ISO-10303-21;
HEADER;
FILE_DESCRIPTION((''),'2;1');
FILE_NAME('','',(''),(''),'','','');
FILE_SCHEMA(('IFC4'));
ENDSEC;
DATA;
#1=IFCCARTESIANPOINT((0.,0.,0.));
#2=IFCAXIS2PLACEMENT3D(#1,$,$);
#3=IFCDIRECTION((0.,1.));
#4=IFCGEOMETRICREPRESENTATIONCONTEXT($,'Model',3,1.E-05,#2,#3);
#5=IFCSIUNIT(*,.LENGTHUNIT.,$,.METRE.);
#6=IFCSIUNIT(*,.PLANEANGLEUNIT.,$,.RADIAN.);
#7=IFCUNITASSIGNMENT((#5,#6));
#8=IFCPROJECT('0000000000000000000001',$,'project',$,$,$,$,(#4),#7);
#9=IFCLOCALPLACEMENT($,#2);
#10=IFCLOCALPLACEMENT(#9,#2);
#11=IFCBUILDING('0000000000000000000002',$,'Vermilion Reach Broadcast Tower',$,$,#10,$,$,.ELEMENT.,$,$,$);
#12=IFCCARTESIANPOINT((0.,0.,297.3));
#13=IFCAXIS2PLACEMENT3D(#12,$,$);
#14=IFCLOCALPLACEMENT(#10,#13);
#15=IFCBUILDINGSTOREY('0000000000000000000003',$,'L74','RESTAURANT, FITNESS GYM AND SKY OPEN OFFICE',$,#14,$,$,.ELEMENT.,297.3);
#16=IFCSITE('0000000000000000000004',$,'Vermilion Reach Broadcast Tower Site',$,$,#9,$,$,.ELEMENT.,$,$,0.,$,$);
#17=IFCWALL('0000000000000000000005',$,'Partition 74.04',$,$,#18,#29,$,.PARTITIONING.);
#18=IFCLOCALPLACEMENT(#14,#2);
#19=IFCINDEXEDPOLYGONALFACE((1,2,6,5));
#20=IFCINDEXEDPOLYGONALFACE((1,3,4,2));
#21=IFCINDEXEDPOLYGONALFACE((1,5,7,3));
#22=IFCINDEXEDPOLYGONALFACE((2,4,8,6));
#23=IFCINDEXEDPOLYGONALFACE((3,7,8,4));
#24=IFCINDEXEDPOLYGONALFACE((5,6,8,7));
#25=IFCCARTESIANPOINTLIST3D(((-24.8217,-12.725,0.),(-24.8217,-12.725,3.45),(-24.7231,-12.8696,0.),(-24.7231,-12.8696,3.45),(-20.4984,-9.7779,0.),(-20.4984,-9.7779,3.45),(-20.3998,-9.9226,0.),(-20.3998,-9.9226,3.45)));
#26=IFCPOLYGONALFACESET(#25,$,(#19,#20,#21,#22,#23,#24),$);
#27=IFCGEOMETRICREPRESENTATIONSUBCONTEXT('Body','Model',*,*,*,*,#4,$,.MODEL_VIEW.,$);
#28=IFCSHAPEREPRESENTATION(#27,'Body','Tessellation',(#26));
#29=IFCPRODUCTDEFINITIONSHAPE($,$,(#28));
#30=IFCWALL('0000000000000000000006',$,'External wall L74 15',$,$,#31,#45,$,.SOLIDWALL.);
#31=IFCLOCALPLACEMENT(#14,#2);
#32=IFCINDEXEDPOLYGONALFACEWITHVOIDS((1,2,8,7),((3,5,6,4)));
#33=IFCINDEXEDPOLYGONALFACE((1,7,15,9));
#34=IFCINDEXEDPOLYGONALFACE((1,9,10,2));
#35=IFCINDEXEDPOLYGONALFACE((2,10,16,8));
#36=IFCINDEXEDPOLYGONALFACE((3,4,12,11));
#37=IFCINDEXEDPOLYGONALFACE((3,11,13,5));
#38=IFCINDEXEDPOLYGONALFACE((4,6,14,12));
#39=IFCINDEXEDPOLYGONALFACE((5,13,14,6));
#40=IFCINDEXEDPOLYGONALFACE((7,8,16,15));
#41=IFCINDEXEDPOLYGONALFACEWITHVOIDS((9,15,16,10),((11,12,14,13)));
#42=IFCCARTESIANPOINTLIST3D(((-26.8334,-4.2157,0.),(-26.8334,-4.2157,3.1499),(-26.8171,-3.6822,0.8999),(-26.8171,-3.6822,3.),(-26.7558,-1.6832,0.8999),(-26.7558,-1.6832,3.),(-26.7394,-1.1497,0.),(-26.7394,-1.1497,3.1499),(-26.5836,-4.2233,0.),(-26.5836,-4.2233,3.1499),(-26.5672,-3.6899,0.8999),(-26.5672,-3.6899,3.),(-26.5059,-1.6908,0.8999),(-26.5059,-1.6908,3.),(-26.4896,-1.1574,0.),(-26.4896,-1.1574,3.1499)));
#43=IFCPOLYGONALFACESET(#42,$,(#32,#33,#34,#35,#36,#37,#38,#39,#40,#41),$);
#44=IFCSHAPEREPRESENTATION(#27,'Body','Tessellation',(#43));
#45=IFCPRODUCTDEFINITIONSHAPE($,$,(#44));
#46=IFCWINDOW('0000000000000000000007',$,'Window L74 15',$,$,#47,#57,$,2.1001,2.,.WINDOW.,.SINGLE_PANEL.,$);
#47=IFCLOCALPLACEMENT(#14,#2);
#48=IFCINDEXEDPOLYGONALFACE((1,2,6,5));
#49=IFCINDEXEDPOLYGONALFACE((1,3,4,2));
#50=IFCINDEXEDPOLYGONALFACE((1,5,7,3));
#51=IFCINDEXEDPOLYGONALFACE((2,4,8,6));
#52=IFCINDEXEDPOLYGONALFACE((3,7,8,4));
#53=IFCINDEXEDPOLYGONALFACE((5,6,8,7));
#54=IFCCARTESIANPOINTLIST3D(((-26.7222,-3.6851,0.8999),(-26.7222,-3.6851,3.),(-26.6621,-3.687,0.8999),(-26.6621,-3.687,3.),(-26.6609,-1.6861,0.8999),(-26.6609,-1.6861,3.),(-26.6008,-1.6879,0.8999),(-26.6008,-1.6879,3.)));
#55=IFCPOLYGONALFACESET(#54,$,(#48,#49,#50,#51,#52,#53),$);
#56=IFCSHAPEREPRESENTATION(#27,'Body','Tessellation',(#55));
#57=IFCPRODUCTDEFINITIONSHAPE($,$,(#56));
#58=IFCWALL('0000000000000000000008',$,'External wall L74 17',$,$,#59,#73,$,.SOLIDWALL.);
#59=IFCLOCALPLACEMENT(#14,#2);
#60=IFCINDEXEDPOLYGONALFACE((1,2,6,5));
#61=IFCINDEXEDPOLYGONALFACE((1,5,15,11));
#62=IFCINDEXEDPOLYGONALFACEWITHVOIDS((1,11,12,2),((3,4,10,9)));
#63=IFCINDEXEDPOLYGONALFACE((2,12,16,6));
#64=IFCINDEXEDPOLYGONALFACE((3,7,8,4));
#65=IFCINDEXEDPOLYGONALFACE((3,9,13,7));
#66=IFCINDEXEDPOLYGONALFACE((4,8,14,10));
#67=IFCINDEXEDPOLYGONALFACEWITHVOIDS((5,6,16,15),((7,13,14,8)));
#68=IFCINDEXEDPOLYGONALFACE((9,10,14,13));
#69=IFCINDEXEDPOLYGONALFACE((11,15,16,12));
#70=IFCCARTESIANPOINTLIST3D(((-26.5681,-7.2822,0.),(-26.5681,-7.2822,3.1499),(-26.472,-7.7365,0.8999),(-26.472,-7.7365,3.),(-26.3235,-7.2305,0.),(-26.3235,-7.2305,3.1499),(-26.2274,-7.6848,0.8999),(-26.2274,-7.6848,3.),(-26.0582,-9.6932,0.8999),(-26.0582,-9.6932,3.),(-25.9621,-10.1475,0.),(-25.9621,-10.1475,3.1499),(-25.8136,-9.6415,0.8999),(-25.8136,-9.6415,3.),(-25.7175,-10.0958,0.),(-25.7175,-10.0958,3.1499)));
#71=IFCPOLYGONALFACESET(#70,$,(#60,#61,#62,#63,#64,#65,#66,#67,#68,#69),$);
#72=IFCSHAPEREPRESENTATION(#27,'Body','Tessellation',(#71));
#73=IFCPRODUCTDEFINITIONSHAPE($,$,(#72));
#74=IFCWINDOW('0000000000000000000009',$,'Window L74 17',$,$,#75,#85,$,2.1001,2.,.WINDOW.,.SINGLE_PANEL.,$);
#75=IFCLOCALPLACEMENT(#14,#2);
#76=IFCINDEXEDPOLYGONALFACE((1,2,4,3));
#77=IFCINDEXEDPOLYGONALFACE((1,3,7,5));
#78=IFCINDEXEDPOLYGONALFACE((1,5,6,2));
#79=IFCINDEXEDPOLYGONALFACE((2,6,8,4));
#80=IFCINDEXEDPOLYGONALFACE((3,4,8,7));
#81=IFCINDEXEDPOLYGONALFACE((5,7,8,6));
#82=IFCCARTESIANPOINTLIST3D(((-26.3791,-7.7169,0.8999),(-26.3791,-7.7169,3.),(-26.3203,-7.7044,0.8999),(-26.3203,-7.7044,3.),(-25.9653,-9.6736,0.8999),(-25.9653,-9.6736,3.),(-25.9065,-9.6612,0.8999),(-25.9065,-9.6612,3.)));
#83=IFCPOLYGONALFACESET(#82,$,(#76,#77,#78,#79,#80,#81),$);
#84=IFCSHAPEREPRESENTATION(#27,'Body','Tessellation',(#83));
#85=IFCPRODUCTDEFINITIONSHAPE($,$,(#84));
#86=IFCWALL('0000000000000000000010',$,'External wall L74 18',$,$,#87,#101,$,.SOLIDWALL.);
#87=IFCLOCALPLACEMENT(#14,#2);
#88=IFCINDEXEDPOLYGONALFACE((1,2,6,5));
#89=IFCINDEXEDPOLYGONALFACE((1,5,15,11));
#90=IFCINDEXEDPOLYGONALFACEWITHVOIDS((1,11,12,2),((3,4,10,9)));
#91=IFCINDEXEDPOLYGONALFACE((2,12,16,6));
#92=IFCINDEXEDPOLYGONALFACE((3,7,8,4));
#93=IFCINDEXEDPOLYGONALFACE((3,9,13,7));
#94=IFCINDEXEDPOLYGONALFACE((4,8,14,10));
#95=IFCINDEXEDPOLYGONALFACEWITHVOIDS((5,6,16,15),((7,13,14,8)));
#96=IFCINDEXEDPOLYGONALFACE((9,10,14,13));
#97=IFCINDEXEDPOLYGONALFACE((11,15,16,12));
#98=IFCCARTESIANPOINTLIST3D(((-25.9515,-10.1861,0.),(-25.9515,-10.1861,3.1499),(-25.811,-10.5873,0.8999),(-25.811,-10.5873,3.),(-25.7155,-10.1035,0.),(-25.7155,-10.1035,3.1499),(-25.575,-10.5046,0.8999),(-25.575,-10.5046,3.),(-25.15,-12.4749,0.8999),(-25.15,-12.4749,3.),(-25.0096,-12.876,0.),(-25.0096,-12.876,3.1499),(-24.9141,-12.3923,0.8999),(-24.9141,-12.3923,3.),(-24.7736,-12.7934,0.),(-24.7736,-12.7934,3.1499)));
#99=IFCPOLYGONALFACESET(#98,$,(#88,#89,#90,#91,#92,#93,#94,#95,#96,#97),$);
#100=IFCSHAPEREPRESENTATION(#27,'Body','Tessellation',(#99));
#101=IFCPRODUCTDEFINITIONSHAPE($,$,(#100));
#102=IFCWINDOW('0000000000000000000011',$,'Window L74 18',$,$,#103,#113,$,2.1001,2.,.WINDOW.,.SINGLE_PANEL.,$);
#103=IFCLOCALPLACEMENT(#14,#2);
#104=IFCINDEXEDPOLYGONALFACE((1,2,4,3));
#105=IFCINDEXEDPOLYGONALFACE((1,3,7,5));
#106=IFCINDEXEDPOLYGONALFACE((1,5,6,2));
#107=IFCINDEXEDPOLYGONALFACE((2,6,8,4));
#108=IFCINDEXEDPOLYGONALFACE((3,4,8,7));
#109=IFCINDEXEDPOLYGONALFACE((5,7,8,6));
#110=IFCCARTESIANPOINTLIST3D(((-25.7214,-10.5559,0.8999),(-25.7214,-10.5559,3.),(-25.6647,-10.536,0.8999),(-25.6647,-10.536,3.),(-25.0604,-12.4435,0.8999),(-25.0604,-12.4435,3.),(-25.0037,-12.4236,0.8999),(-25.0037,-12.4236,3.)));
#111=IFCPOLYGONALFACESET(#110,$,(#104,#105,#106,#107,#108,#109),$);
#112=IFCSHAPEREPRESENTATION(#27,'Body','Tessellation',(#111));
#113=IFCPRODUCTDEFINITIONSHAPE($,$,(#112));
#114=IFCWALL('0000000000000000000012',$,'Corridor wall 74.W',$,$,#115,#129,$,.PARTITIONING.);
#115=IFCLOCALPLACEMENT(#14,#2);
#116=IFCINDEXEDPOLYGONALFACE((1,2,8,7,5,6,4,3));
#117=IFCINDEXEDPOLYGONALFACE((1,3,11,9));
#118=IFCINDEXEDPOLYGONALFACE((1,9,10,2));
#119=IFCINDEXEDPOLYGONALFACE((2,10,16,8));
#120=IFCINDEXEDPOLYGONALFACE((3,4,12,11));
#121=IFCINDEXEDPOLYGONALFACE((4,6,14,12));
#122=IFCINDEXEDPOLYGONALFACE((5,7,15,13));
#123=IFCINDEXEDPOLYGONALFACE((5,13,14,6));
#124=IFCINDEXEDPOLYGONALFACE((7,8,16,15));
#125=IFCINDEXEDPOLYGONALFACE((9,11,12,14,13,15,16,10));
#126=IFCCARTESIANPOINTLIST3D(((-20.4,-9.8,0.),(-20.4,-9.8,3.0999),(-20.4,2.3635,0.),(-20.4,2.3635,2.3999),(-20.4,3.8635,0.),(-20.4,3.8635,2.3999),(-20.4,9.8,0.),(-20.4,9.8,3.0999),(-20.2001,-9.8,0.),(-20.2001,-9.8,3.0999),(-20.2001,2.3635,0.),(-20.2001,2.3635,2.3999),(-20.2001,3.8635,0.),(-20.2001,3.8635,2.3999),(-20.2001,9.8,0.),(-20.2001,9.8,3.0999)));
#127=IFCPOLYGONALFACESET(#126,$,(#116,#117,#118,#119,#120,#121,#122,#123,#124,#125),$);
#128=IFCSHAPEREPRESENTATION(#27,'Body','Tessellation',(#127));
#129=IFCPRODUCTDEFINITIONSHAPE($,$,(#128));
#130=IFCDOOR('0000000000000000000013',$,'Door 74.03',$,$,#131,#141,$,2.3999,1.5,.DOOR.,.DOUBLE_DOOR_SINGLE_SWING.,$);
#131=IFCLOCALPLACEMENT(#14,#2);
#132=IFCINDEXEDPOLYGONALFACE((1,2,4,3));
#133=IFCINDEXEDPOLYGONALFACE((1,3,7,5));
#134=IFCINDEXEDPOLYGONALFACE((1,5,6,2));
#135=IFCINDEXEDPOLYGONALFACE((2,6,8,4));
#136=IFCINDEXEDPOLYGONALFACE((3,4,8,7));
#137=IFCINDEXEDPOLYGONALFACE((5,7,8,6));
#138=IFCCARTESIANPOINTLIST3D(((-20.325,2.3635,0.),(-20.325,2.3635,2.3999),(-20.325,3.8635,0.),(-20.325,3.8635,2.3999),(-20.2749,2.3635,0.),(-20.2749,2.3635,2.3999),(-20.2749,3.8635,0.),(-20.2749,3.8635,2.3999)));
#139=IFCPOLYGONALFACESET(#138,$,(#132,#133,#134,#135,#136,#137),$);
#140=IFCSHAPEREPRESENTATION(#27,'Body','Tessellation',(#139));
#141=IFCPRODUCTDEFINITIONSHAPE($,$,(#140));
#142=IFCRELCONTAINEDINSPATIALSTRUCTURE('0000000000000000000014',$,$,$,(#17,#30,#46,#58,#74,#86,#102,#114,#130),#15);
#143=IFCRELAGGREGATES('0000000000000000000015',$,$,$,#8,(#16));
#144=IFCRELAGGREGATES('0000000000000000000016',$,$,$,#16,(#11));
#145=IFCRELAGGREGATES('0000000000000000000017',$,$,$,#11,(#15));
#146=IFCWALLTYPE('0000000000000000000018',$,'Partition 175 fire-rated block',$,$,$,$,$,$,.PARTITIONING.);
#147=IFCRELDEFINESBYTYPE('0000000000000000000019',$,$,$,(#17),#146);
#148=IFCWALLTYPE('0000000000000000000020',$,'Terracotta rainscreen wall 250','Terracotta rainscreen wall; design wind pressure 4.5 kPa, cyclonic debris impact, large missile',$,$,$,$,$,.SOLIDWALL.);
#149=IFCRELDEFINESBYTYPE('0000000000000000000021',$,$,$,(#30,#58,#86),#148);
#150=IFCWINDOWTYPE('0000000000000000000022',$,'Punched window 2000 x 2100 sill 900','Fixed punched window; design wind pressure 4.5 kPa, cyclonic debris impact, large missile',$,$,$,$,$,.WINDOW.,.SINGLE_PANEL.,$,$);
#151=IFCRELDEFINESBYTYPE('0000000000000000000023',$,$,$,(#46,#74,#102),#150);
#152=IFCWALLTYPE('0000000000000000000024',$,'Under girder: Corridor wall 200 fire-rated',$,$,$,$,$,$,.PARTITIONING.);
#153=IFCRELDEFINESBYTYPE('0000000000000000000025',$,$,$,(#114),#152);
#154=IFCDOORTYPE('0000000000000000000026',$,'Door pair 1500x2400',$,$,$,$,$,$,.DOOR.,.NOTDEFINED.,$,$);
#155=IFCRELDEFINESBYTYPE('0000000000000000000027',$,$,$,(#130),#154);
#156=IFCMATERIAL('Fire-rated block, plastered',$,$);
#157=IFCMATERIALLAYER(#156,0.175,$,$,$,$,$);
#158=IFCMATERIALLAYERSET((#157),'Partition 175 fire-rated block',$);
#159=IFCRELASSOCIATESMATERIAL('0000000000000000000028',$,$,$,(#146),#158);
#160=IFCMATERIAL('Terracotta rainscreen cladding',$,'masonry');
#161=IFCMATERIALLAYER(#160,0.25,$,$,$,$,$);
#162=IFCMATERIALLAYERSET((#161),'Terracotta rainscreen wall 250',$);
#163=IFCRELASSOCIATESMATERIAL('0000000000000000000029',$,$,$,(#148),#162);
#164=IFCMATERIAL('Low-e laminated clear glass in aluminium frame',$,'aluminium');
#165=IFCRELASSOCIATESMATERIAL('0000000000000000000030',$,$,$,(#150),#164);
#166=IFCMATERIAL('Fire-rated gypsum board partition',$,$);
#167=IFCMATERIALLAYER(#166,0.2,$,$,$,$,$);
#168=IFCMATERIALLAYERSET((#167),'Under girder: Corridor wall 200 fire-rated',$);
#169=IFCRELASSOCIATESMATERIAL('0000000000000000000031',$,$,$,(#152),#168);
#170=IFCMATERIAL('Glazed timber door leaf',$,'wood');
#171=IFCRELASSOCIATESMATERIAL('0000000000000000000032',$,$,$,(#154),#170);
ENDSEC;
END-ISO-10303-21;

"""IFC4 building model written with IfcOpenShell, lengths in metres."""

from ifc_helpers import new_model, si_unit, direction, frame, frame_2d, origin, place, context, subcontext, project, spatial, rectangle, extrude, material, layer, layer_set, type_object, element, fill, save


model = new_model("IFC4")

# Units and contexts
model_context = context("Model", 3, precision=1e-05, world=origin(), true_north=direction((0.0, 1.0)))
body_context = subcontext(model_context, "Body", "Model", "MODEL_VIEW")
ifc_project = project(units=[si_unit("LENGTHUNIT", "METRE"), si_unit("PLANEANGLEUNIT", "RADIAN")], contexts=[model_context])

# Site, building, storey
site_placement = place(None, origin())
site = spatial("IfcSite", under=ifc_project, at=site_placement, Name="Vermilion Reach Broadcast Tower Site", CompositionType="ELEMENT", RefElevation=0.0)
building_placement = place(site_placement, origin())
building = spatial("IfcBuilding", under=site, at=building_placement, Name="Vermilion Reach Broadcast Tower", CompositionType="ELEMENT")
storey_placement = place(building_placement, frame((0.0, 0.0, 297.3)))
storey = spatial("IfcBuildingStorey", under=building, at=storey_placement, Name="L74", Description="RESTAURANT, FITNESS GYM AND SKY OPEN OFFICE", CompositionType="ELEMENT", Elevation=297.3)

# Wall
ifc_material_1 = material(Name="Fire-rated block, plastered")
ifc_layer_1 = layer(ifc_material_1, 0.175)
ifc_layer_set_1 = layer_set([ifc_layer_1], Name="Partition 175 fire-rated block")
wall_type_1 = type_object("IfcWallType", Name="Partition 175 fire-rated block", PredefinedType="PARTITIONING", material=ifc_layer_set_1)
wall_1_placement = place(storey_placement, frame((-24.7725, -12.7974, 0.0), z_axis=(0.0, 0.0, 1.0), x_axis=(0.826285, 0.563253, 0.0)))
element("IfcWall", 1, at=wall_1_placement, inside=storey, type_object=wall_type_1, Name="Partition 74.04", PredefinedType="PARTITIONING", context=body_context, shape_type="SweptSolid", body=[
    extrude(rectangle(XDim=5.2322, YDim=0.175, at=frame_2d((2.6162, 0.0))), origin(), (0.0, 0.0, 1.0), 3.45),
])

# Wall, opening, window
ifc_material_2 = material(Name="Terracotta rainscreen cladding", Category="masonry")
ifc_layer_2 = layer(ifc_material_2, 0.25)
ifc_layer_set_2 = layer_set([ifc_layer_2], Name="Terracotta rainscreen wall 250")
wall_type_2 = type_object("IfcWallType", Name="Terracotta rainscreen wall 250", Description="Terracotta rainscreen wall; design wind pressure 4.5 kPa, cyclonic debris impact, large missile", PredefinedType="SOLIDWALL", material=ifc_layer_set_2)
wall_2_placement = place(storey_placement, frame((-26.6145, -1.1536, 0.0), z_axis=(0.0, 0.0, 1.0), x_axis=(-0.030643, -0.99953, 0.0)))
wall_2 = element("IfcWall", 2, at=wall_2_placement, inside=storey, type_object=wall_type_2, Name="External wall L74 15", PredefinedType="SOLIDWALL", context=body_context, shape_type="SweptSolid", body=[
    extrude(rectangle(XDim=3.0674, YDim=0.25, at=frame_2d((1.5337, 0.0))), origin(), (0.0, 0.0, 1.0), 3.1499),
])
opening_1_placement = place(wall_2_placement, frame((0.5337, 0.0, 0.8999)))
opening_1 = element("IfcOpeningElement", 3, at=opening_1_placement, cuts=wall_2, PredefinedType="OPENING", context=body_context, shape_type="SweptSolid", body=[
    extrude(rectangle(XDim=2.0, YDim=2.1001, at=frame_2d((1.0, 1.05))), frame((0.0, 0.135, 0.0), z_axis=(0.0, -1.0, 0.0), x_axis=(1.0, 0.0, 0.0)), (0.0, 0.0, 1.0), 0.27),
])
ifc_material_3 = material(Name="Low-e laminated clear glass in aluminium frame", Category="aluminium")
window_type = type_object("IfcWindowType", Name="Punched window 2000 x 2100 sill 900", Description="Fixed punched window; design wind pressure 4.5 kPa, cyclonic debris impact, large missile", PartitioningType="SINGLE_PANEL", PredefinedType="WINDOW", material=ifc_material_3)
window_1_placement = place(opening_1_placement, origin())
window_1 = element("IfcWindow", 4, at=window_1_placement, inside=storey, type_object=window_type, Name="Window L74 15", OverallHeight=2.1001, OverallWidth=2.0, PartitioningType="SINGLE_PANEL", PredefinedType="WINDOW", context=body_context, shape_type="SweptSolid", body=[
    extrude(rectangle(XDim=2.0, YDim=2.1001, at=frame_2d((1.0, 1.05))), frame((0.0, 0.03, 0.0), z_axis=(0.0, -1.0, 0.0), x_axis=(1.0, 0.0, 0.0)), (0.0, 0.0, 1.0), 0.0601),
])
fill(opening_1, window_1)

# Walls, openings, windows
wall_3_placement = place(storey_placement, frame((-26.4458, -7.2563, 0.0), z_axis=(0.0, 0.0, 1.0), x_axis=(0.206909, -0.97836, 0.0)))
wall_3 = element("IfcWall", 5, at=wall_3_placement, inside=storey, type_object=wall_type_2, Name="External wall L74 17", PredefinedType="SOLIDWALL", context=body_context, shape_type="SweptSolid", body=[
    extrude(rectangle(XDim=2.9287, YDim=0.25, at=frame_2d((1.4644, 0.0))), origin(), (0.0, 0.0, 1.0), 3.1499),
])
opening_2_placement = place(wall_3_placement, frame((0.4644, 0.0, 0.8999)))
opening_2 = element("IfcOpeningElement", 6, at=opening_2_placement, cuts=wall_3, PredefinedType="OPENING", context=body_context, shape_type="SweptSolid", body=[
    extrude(rectangle(XDim=2.0, YDim=2.1001, at=frame_2d((1.0, 1.05))), frame((0.0, 0.135, 0.0), z_axis=(0.0, -1.0, 0.0), x_axis=(1.0, 0.0, 0.0)), (0.0, 0.0, 1.0), 0.27),
])
window_2_placement = place(opening_2_placement, origin())
window_2 = element("IfcWindow", 7, at=window_2_placement, inside=storey, type_object=window_type, Name="Window L74 17", OverallHeight=2.1001, OverallWidth=2.0, PartitioningType="SINGLE_PANEL", PredefinedType="WINDOW", context=body_context, shape_type="SweptSolid", body=[
    extrude(rectangle(XDim=2.0, YDim=2.1001, at=frame_2d((1.0, 1.05))), frame((0.0, 0.03, 0.0), z_axis=(0.0, -1.0, 0.0), x_axis=(1.0, 0.0, 0.0)), (0.0, 0.0, 1.0), 0.0601),
])
fill(opening_2, window_2)
wall_4_placement = place(storey_placement, frame((-25.8335, -10.1448, 0.0), z_axis=(0.0, 0.0, 1.0), x_axis=(0.33048, -0.943813, 0.0)))
wall_4 = element("IfcWall", 8, at=wall_4_placement, inside=storey, type_object=wall_type_2, Name="External wall L74 18", PredefinedType="SOLIDWALL", context=body_context, shape_type="SweptSolid", body=[
    extrude(rectangle(XDim=2.8501, YDim=0.25, at=frame_2d((1.425, 0.0))), origin(), (0.0, 0.0, 1.0), 3.1499),
])
opening_3_placement = place(wall_4_placement, frame((0.425, 0.0, 0.8999)))
opening_3 = element("IfcOpeningElement", 9, at=opening_3_placement, cuts=wall_4, PredefinedType="OPENING", context=body_context, shape_type="SweptSolid", body=[
    extrude(rectangle(XDim=2.0, YDim=2.1001, at=frame_2d((1.0, 1.05))), frame((0.0, 0.135, 0.0), z_axis=(0.0, -1.0, 0.0), x_axis=(1.0, 0.0, 0.0)), (0.0, 0.0, 1.0), 0.27),
])
window_3_placement = place(opening_3_placement, origin())
window_3 = element("IfcWindow", 10, at=window_3_placement, inside=storey, type_object=window_type, Name="Window L74 18", OverallHeight=2.1001, OverallWidth=2.0, PartitioningType="SINGLE_PANEL", PredefinedType="WINDOW", context=body_context, shape_type="SweptSolid", body=[
    extrude(rectangle(XDim=2.0, YDim=2.1001, at=frame_2d((1.0, 1.05))), frame((0.0, 0.03, 0.0), z_axis=(0.0, -1.0, 0.0), x_axis=(1.0, 0.0, 0.0)), (0.0, 0.0, 1.0), 0.0601),
])
fill(opening_3, window_3)

# Wall, opening, door
ifc_material_4 = material(Name="Fire-rated gypsum board partition")
ifc_layer_3 = layer(ifc_material_4, 0.2)
ifc_layer_set_3 = layer_set([ifc_layer_3], Name="Under girder: Corridor wall 200 fire-rated")
wall_type_3 = type_object("IfcWallType", Name="Under girder: Corridor wall 200 fire-rated", PredefinedType="PARTITIONING", material=ifc_layer_set_3)
wall_5_placement = place(storey_placement, frame((-20.3, -9.8, 0.0), z_axis=(0.0, 0.0, 1.0), x_axis=(0.0, 1.0, 0.0)))
wall_5 = element("IfcWall", 11, at=wall_5_placement, inside=storey, type_object=wall_type_3, Name="Corridor wall 74.W", PredefinedType="PARTITIONING", context=body_context, shape_type="SweptSolid", body=[
    extrude(rectangle(XDim=19.6001, YDim=0.2, at=frame_2d((9.8, 0.0))), origin(), (0.0, 0.0, 1.0), 3.0999),
])
opening_4_placement = place(wall_5_placement, frame((12.1636, 0.0, 0.0)))
opening_4 = element("IfcOpeningElement", 12, at=opening_4_placement, cuts=wall_5, PredefinedType="OPENING", context=body_context, shape_type="SweptSolid", body=[
    extrude(rectangle(XDim=1.5, YDim=2.3999, at=frame_2d((0.75, 1.2))), frame((0.0, 0.1099, 0.0), z_axis=(0.0, -1.0, 0.0), x_axis=(1.0, 0.0, 0.0)), (0.0, 0.0, 1.0), 0.22),
])
ifc_material_5 = material(Name="Glazed timber door leaf", Category="wood")
door_type_1 = type_object("IfcDoorType", Name="Door pair 1500x2400", OperationType="NOTDEFINED", PredefinedType="DOOR", material=ifc_material_5)
door_1_placement = place(opening_4_placement, origin())
door_1 = element("IfcDoor", 13, at=door_1_placement, inside=storey, type_object=door_type_1, Name="Door 74.03", OperationType="DOUBLE_DOOR_SINGLE_SWING", OverallHeight=2.3999, OverallWidth=1.5, PredefinedType="DOOR", context=body_context, shape_type="SweptSolid", body=[
    extrude(rectangle(XDim=1.5, YDim=2.3999, at=frame_2d((0.75, 1.2))), frame((0.0, 0.0249, 0.0), z_axis=(0.0, -1.0, 0.0), x_axis=(1.0, 0.0, 0.0)), (0.0, 0.0, 1.0), 0.05),
])
fill(opening_4, door_1)

save(model, "model.ifc")
